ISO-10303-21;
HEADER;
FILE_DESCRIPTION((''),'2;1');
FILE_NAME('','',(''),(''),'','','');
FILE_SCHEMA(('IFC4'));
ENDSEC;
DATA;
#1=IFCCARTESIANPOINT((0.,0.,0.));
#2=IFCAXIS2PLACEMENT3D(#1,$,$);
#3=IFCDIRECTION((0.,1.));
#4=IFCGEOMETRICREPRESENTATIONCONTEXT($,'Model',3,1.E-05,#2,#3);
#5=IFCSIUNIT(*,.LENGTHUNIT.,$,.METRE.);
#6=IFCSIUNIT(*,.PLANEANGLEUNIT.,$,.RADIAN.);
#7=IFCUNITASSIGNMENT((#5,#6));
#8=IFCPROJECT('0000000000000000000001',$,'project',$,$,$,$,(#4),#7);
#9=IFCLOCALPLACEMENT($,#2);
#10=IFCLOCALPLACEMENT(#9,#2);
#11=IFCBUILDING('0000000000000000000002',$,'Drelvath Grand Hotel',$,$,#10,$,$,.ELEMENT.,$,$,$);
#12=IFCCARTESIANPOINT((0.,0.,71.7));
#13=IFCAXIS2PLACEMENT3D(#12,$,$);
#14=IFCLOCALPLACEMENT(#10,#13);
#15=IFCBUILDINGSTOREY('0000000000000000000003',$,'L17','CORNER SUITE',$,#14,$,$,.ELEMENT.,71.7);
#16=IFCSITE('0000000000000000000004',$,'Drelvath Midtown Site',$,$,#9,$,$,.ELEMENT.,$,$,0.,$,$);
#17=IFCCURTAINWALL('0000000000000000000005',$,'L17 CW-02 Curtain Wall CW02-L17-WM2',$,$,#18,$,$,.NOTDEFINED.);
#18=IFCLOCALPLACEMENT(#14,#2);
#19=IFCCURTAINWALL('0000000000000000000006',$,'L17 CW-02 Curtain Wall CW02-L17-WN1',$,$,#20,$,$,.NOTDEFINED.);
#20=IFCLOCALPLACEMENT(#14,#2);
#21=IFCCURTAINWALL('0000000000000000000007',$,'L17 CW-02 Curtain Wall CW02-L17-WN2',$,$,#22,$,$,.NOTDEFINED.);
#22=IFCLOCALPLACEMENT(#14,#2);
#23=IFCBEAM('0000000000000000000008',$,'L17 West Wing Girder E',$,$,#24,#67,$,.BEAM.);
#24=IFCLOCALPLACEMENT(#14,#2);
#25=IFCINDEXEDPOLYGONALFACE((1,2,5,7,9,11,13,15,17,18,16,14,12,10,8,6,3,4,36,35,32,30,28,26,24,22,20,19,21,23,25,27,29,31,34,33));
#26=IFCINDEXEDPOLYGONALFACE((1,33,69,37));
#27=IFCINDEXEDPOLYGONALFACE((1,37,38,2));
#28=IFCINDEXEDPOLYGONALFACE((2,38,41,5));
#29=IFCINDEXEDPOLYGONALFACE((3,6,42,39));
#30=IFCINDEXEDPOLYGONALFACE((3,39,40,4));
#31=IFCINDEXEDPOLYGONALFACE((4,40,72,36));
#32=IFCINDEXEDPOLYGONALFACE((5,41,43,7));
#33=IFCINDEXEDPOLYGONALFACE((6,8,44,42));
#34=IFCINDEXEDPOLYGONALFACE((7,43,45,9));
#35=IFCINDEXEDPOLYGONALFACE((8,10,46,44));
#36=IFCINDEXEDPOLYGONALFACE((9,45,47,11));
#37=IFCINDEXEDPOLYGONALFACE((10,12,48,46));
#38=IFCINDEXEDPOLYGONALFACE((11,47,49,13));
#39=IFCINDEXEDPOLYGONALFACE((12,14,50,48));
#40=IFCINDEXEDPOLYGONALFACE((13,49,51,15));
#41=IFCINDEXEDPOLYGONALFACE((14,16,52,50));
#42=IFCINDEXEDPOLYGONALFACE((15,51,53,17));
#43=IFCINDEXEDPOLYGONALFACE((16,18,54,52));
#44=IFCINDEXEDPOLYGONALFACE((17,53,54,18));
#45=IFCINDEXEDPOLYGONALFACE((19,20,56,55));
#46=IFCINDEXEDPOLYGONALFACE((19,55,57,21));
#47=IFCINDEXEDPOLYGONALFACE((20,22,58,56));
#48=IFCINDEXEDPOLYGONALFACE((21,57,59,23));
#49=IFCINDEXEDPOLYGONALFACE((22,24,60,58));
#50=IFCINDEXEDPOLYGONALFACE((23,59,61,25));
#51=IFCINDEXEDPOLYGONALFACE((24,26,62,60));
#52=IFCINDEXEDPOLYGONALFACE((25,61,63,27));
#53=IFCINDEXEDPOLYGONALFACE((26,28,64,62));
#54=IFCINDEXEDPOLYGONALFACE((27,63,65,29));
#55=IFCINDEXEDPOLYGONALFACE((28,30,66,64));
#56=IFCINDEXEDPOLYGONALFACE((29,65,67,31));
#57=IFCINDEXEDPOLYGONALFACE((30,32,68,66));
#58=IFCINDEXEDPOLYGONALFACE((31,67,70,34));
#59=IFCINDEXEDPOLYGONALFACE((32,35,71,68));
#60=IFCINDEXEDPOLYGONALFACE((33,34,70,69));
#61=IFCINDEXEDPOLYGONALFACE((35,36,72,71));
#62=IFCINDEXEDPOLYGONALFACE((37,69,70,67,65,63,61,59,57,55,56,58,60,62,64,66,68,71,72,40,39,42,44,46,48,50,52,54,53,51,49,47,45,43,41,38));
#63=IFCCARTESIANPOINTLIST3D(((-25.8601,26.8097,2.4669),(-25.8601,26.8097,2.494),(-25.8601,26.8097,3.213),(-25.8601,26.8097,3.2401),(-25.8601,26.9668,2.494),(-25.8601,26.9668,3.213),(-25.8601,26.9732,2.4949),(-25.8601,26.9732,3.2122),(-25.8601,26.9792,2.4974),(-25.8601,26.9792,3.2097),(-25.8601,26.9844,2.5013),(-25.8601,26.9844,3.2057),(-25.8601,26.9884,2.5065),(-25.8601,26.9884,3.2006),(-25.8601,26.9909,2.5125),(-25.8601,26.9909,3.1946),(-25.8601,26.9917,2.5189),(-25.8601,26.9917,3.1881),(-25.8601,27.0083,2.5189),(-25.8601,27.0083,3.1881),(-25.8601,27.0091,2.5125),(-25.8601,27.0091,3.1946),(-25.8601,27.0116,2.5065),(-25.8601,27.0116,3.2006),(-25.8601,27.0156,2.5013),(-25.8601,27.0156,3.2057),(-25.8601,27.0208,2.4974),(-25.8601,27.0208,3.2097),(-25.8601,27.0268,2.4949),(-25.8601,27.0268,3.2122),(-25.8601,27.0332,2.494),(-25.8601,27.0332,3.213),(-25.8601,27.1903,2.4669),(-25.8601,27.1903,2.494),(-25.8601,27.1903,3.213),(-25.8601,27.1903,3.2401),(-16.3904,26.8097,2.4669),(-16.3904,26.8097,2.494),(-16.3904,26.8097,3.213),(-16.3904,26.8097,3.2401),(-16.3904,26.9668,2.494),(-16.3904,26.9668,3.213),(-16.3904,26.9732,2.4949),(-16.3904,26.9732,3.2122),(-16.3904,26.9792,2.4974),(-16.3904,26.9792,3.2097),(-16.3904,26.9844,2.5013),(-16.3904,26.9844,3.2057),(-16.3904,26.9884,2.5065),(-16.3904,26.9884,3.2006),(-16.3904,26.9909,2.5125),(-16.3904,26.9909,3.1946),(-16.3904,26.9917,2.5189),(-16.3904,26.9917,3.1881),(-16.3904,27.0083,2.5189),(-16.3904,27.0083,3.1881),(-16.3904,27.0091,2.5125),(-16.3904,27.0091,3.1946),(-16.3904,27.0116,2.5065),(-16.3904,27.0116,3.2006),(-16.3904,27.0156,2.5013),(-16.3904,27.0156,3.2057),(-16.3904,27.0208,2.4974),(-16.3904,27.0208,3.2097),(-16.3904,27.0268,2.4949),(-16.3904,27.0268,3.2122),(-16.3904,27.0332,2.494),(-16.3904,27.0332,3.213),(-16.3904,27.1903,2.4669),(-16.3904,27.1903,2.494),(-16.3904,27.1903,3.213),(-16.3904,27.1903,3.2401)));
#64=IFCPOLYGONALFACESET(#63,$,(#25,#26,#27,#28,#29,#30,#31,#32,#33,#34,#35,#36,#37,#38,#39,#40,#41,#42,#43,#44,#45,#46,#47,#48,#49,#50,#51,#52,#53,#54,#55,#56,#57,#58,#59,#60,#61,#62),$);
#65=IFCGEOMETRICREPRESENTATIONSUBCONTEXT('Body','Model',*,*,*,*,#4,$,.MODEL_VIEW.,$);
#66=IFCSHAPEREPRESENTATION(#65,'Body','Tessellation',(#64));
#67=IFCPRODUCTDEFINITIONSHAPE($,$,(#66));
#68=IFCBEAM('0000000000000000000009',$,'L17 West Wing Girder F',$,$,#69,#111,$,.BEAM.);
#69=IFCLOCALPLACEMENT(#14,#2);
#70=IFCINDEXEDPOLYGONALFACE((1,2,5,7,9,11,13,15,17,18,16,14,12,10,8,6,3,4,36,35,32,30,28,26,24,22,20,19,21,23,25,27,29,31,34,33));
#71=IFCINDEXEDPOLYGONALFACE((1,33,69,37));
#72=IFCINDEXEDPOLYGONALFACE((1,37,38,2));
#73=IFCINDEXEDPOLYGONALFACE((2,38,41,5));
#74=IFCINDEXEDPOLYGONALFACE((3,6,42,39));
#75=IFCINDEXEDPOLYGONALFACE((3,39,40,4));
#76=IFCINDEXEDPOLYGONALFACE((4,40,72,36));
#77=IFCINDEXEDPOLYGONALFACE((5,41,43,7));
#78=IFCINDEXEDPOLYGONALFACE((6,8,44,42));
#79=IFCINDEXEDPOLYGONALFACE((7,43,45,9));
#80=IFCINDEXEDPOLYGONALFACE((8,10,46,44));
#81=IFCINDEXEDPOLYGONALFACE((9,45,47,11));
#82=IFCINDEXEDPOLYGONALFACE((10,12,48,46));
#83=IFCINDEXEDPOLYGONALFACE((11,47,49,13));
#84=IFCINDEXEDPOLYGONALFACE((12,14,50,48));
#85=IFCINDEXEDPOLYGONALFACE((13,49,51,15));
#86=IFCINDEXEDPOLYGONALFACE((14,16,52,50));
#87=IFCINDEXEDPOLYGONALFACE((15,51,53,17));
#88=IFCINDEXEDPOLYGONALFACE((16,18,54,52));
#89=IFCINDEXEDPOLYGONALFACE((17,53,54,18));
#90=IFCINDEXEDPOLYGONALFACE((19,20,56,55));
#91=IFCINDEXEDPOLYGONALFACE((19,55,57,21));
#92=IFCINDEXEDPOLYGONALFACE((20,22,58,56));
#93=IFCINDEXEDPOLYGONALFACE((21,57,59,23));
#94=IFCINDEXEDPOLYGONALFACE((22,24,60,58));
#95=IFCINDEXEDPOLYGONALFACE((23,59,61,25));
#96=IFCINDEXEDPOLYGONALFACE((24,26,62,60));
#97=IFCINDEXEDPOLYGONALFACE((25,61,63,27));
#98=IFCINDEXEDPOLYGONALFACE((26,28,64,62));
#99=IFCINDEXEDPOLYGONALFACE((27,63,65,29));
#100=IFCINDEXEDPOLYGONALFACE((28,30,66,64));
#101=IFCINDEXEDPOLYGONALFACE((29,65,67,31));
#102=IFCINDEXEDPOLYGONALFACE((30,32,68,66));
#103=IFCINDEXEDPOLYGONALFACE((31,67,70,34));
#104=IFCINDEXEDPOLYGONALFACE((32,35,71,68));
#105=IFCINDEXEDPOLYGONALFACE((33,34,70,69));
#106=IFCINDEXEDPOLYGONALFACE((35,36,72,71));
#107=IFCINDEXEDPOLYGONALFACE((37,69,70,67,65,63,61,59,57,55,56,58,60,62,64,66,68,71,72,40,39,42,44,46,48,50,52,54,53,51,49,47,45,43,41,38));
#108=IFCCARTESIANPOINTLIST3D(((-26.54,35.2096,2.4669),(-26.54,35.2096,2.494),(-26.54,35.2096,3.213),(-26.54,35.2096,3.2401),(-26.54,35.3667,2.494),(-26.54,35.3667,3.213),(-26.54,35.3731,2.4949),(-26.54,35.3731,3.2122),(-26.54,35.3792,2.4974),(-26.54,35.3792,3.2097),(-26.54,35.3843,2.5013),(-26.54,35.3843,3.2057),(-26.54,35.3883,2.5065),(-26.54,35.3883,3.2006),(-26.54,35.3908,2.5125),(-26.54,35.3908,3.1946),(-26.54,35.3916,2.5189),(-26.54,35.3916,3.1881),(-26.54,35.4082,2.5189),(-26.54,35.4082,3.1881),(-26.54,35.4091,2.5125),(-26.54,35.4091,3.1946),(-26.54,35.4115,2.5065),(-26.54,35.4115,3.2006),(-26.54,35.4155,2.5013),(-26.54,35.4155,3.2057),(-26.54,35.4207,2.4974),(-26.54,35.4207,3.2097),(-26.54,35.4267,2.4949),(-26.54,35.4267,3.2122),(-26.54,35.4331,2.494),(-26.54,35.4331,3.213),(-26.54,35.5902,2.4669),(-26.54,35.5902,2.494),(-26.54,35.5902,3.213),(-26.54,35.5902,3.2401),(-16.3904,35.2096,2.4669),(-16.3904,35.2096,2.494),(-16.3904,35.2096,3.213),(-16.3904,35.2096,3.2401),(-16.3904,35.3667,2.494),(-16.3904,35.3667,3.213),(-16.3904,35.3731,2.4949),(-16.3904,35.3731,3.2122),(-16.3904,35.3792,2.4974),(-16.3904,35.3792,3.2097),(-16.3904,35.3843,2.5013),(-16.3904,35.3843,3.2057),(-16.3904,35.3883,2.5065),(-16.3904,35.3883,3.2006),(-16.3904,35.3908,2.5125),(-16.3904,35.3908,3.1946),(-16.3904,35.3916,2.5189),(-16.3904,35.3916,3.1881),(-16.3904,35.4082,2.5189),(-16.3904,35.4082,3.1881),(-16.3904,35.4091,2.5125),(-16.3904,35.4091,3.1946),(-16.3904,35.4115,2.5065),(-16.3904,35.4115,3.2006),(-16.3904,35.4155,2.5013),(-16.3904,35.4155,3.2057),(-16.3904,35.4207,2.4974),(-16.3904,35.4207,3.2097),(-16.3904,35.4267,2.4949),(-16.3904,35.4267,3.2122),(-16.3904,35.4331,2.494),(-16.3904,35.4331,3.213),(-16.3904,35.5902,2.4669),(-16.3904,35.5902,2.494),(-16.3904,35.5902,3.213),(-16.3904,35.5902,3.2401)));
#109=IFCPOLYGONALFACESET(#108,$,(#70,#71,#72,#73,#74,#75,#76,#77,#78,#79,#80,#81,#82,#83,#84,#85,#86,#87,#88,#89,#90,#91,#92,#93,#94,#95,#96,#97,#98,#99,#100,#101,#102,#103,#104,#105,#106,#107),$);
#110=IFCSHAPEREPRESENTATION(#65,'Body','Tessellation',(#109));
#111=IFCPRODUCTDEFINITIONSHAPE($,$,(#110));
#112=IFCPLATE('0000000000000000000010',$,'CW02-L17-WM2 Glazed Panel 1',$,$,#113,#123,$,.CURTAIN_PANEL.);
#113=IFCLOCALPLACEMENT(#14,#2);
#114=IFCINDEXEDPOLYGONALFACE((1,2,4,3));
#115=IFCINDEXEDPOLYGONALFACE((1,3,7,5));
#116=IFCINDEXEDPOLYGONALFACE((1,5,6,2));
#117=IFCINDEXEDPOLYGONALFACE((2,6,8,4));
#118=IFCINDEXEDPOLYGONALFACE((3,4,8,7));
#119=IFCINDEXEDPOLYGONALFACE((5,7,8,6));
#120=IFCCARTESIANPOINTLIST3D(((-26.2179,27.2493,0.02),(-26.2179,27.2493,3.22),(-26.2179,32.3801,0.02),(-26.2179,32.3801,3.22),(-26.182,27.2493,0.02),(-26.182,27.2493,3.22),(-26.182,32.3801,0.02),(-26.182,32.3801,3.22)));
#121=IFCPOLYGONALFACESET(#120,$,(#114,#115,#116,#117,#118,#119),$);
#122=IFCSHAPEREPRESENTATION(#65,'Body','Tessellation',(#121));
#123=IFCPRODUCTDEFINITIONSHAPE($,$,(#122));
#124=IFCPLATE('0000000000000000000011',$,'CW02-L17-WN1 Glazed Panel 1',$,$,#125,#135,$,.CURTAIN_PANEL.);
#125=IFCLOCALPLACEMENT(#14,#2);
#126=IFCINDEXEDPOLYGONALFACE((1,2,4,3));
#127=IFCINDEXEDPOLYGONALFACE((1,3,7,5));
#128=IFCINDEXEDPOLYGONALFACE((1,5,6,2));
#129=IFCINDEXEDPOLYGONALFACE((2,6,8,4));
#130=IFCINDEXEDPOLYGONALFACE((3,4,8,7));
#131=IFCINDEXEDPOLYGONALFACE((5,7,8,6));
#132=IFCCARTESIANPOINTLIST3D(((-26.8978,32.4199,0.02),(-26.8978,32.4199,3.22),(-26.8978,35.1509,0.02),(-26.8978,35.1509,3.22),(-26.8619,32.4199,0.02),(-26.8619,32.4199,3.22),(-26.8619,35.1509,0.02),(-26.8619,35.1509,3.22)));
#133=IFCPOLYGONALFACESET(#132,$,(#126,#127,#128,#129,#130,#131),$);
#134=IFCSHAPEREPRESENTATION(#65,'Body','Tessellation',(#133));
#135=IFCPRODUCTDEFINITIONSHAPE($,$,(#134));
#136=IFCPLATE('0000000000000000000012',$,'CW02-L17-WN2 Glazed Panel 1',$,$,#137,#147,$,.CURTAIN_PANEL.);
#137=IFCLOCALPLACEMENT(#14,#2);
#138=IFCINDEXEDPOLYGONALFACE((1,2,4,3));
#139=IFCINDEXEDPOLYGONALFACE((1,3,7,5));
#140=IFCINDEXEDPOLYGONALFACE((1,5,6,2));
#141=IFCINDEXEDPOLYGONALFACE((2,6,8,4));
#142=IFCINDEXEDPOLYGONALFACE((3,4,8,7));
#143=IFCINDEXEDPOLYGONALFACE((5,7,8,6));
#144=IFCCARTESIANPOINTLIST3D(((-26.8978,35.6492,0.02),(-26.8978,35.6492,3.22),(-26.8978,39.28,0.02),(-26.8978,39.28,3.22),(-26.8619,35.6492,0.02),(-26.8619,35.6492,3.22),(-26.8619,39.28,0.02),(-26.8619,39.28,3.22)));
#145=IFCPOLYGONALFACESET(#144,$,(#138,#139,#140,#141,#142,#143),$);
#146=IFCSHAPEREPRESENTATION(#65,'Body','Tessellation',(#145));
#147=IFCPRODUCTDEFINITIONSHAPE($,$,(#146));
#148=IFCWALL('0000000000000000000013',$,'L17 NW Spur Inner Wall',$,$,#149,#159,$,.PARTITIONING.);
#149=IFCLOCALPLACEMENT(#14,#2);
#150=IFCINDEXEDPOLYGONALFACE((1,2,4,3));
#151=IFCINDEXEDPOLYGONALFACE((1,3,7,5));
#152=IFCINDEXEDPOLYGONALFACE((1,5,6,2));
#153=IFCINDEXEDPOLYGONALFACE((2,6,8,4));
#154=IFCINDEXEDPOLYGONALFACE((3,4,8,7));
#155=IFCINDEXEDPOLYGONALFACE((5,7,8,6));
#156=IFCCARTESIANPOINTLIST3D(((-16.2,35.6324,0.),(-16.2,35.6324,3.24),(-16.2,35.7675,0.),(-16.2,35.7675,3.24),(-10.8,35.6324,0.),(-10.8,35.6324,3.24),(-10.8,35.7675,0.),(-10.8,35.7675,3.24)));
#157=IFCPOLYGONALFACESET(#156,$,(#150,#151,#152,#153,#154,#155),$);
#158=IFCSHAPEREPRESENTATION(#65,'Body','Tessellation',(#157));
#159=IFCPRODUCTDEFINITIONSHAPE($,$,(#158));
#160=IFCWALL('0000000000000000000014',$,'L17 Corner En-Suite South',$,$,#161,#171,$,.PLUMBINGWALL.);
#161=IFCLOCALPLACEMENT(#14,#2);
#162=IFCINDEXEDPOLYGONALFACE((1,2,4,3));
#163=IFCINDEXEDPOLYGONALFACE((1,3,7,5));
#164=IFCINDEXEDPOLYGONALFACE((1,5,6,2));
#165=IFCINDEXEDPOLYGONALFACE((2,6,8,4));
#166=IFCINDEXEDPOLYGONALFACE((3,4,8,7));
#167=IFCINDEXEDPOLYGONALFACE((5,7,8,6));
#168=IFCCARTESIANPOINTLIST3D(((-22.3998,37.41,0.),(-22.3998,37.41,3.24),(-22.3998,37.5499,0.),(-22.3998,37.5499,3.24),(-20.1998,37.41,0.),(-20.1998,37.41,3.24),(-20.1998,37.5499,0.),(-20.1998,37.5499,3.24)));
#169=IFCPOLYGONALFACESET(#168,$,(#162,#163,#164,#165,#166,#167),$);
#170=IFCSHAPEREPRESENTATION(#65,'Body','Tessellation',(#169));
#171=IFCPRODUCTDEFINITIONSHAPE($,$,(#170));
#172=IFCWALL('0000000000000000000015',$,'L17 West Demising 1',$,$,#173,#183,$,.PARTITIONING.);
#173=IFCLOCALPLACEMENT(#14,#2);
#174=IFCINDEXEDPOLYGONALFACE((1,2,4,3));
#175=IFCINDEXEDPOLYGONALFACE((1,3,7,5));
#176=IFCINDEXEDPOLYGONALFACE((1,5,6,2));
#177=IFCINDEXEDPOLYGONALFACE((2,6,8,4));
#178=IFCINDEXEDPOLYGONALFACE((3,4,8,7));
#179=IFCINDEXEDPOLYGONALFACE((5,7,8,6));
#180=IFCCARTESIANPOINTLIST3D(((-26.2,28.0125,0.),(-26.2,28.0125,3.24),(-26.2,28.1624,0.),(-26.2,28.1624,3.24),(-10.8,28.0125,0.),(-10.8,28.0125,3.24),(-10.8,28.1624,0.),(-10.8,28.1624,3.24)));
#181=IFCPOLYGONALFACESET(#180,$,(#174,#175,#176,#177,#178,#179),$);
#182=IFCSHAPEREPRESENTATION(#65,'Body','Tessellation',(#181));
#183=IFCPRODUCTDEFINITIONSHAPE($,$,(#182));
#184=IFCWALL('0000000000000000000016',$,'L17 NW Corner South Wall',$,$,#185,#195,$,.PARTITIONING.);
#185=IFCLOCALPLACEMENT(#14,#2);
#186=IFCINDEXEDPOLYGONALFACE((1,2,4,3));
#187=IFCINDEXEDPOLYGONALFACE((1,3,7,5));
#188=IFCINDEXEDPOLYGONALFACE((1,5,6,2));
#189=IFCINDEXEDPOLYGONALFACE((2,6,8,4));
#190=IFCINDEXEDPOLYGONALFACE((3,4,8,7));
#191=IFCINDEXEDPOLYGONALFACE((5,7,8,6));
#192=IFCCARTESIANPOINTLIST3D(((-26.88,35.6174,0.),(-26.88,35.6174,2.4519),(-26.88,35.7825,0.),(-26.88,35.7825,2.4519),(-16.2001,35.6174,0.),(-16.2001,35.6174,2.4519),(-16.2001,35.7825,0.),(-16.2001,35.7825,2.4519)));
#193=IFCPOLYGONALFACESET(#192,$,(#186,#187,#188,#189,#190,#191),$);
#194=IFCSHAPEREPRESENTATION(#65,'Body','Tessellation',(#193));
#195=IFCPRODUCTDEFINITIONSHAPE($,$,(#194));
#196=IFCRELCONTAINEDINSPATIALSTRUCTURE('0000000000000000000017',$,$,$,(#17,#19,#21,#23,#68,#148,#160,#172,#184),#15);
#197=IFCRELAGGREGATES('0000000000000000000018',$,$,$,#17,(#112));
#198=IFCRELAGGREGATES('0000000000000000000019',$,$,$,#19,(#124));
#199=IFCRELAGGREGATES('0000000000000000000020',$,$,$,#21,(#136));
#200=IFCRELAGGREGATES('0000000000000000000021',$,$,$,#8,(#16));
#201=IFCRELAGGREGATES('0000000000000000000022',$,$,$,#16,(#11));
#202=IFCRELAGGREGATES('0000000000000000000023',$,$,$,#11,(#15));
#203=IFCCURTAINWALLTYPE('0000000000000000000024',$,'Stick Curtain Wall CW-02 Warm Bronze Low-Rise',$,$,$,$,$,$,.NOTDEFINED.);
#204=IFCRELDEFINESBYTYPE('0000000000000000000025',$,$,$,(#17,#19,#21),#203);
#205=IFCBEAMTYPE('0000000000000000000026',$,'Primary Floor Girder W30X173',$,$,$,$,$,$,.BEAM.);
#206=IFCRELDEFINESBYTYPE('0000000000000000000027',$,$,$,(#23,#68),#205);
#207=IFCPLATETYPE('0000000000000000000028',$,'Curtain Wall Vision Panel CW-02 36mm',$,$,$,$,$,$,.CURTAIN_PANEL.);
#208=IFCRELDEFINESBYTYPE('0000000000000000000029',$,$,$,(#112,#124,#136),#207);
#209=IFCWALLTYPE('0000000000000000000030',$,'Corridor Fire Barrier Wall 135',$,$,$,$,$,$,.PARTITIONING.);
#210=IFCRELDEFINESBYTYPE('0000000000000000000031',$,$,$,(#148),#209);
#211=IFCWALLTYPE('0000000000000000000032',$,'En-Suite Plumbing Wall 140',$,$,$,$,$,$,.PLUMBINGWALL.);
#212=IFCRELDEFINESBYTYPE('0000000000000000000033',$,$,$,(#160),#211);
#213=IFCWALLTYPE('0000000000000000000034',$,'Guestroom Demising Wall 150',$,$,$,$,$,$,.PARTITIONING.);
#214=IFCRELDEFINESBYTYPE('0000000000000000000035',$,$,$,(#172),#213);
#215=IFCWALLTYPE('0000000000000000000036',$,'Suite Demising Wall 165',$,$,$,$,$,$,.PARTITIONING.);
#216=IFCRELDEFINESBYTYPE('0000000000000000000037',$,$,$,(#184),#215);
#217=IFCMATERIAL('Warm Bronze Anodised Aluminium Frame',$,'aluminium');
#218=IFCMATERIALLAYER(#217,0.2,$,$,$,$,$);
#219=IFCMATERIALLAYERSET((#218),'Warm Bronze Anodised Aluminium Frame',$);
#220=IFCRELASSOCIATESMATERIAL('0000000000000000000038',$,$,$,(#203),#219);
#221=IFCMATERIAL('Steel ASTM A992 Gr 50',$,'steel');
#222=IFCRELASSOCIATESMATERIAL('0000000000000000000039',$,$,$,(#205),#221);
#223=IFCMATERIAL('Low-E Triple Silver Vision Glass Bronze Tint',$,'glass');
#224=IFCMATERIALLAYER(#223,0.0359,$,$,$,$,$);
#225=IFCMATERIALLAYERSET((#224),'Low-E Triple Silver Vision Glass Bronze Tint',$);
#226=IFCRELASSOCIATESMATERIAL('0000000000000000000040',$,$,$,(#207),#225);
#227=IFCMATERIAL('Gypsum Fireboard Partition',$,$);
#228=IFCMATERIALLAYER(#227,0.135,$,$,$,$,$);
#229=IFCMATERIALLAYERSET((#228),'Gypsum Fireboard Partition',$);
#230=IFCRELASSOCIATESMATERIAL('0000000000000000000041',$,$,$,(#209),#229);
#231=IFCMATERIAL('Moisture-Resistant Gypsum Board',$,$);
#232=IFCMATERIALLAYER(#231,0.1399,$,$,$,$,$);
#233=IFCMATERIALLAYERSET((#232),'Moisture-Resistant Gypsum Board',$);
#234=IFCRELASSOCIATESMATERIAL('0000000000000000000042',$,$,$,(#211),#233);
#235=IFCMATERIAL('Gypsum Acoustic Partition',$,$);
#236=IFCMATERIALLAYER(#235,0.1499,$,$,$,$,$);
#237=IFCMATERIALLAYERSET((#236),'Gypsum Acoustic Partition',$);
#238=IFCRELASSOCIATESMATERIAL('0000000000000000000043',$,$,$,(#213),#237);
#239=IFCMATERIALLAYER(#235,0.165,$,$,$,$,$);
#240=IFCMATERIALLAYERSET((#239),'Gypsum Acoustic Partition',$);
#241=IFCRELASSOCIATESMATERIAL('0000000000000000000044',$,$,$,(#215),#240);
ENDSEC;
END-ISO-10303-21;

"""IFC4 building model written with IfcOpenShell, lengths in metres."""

from ifc_helpers import new_model, si_unit, direction, frame, frame_2d, origin, origin_2d, place, context, subcontext, project, spatial, rectangle, i_section, extrude, material, layer, layer_set, material_profile, profile_set, type_object, element, aggregate, save


model = new_model("IFC4")

# Units and contexts
model_context = context("Model", 3, precision=1e-05, world=origin(), true_north=direction((0.0, 1.0)))
body_context = subcontext(model_context, "Body", "Model", "MODEL_VIEW")
ifc_project = project(units=[si_unit("LENGTHUNIT", "METRE"), si_unit("PLANEANGLEUNIT", "RADIAN")], contexts=[model_context])

# Site, building, storey
site_placement = place(None, origin())
site = spatial("IfcSite", under=ifc_project, at=site_placement, Name="Drelvath Midtown Site", CompositionType="ELEMENT", RefElevation=0.0)
building_placement = place(site_placement, origin())
building = spatial("IfcBuilding", under=site, at=building_placement, Name="Drelvath Grand Hotel", CompositionType="ELEMENT")
storey_placement = place(building_placement, frame((0.0, 0.0, 71.7)))
storey = spatial("IfcBuildingStorey", under=building, at=storey_placement, Name="L17", Description="CORNER SUITE", CompositionType="ELEMENT", Elevation=71.7)

# Curtain walls
ifc_material_1 = material(Name="Warm Bronze Anodised Aluminium Frame", Category="aluminium")
ifc_layer_1 = layer(ifc_material_1, 0.2)
ifc_layer_set_1 = layer_set([ifc_layer_1], Name="Warm Bronze Anodised Aluminium Frame")
curtain_wall_type = type_object("IfcCurtainWallType", Name="Stick Curtain Wall CW-02 Warm Bronze Low-Rise", PredefinedType="NOTDEFINED", material=ifc_layer_set_1)
curtain_wall_1_placement = place(storey_placement, origin())
curtain_wall_1 = element("IfcCurtainWall", 1, at=curtain_wall_1_placement, inside=storey, type_object=curtain_wall_type, Name="L17 CW-02 Curtain Wall CW02-L17-WM2", PredefinedType="NOTDEFINED")
curtain_wall_2_placement = place(storey_placement, origin())
curtain_wall_2 = element("IfcCurtainWall", 2, at=curtain_wall_2_placement, inside=storey, type_object=curtain_wall_type, Name="L17 CW-02 Curtain Wall CW02-L17-WN1", PredefinedType="NOTDEFINED")
curtain_wall_3_placement = place(storey_placement, origin())
curtain_wall_3 = element("IfcCurtainWall", 3, at=curtain_wall_3_placement, inside=storey, type_object=curtain_wall_type, Name="L17 CW-02 Curtain Wall CW02-L17-WN2", PredefinedType="NOTDEFINED")

# Beams
ifc_material_2 = material(Name="Steel ASTM A992 Gr 50", Category="steel")
ifc_material_profile_1 = material_profile(ifc_material_2, i_section(OverallWidth=0.3806, OverallDepth=0.7732, WebThickness=0.0166, FlangeThickness=0.0271, FilletRadius=0.0249, at=origin_2d()), Name="W30X173")
ifc_profile_set_1 = profile_set([ifc_material_profile_1], Name="Steel ASTM A992 Gr 50")
beam_type_1 = type_object("IfcBeamType", Name="Primary Floor Girder W30X173", PredefinedType="BEAM", material=ifc_profile_set_1)
beam_1_placement = place(storey_placement, frame((-25.8601, 27.0, 2.8535), z_axis=(1.0, 0.0, 0.0), x_axis=(0.0, 1.0, 0.0)))
element("IfcBeam", 4, at=beam_1_placement, inside=storey, type_object=beam_type_1, Name="L17 West Wing Girder E", PredefinedType="BEAM", context=body_context, shape_type="SweptSolid", body=[
    extrude(i_section(OverallWidth=0.3806, OverallDepth=0.7732, WebThickness=0.0166, FlangeThickness=0.0271, FilletRadius=0.0249, at=origin_2d()), origin(), (0.0, 0.0, 1.0), 9.4697),
])
beam_2_placement = place(storey_placement, frame((-26.54, 35.3999, 2.8535), z_axis=(1.0, 0.0, 0.0), x_axis=(0.0, 1.0, 0.0)))
element("IfcBeam", 5, at=beam_2_placement, inside=storey, type_object=beam_type_1, Name="L17 West Wing Girder F", PredefinedType="BEAM", context=body_context, shape_type="SweptSolid", body=[
    extrude(i_section(OverallWidth=0.3806, OverallDepth=0.7732, WebThickness=0.0166, FlangeThickness=0.0271, FilletRadius=0.0249, at=origin_2d()), origin(), (0.0, 0.0, 1.0), 10.1497),
])

# Plates
ifc_material_3 = material(Name="Low-E Triple Silver Vision Glass Bronze Tint", Category="glass")
ifc_layer_2 = layer(ifc_material_3, 0.0359)
ifc_layer_set_2 = layer_set([ifc_layer_2], Name="Low-E Triple Silver Vision Glass Bronze Tint")
plate_type = type_object("IfcPlateType", Name="Curtain Wall Vision Panel CW-02 36mm", PredefinedType="CURTAIN_PANEL", material=ifc_layer_set_2)
plate_1_placement = place(storey_placement, frame((-26.2, 29.8147, 0.02), z_axis=(0.0, 0.0, 1.0), x_axis=(0.0, 1.0, 0.0)))
plate_1 = element("IfcPlate", 6, at=plate_1_placement, type_object=plate_type, Name="CW02-L17-WM2 Glazed Panel 1", PredefinedType="CURTAIN_PANEL", context=body_context, shape_type="SweptSolid", body=[
    extrude(rectangle(XDim=5.1309, YDim=0.0359, at=origin_2d()), origin(), (0.0, 0.0, 1.0), 3.2),
])
aggregate(curtain_wall_1, [plate_1])
plate_2_placement = place(storey_placement, frame((-26.8799, 33.7854, 0.02), z_axis=(0.0, 0.0, 1.0), x_axis=(0.0, 1.0, 0.0)))
plate_2 = element("IfcPlate", 7, at=plate_2_placement, type_object=plate_type, Name="CW02-L17-WN1 Glazed Panel 1", PredefinedType="CURTAIN_PANEL", context=body_context, shape_type="SweptSolid", body=[
    extrude(rectangle(XDim=2.731, YDim=0.0359, at=origin_2d()), origin(), (0.0, 0.0, 1.0), 3.2),
])
aggregate(curtain_wall_2, [plate_2])
plate_3_placement = place(storey_placement, frame((-26.8799, 37.4646, 0.02), z_axis=(0.0, 0.0, 1.0), x_axis=(0.0, 1.0, 0.0)))
plate_3 = element("IfcPlate", 8, at=plate_3_placement, type_object=plate_type, Name="CW02-L17-WN2 Glazed Panel 1", PredefinedType="CURTAIN_PANEL", context=body_context, shape_type="SweptSolid", body=[
    extrude(rectangle(XDim=3.6309, YDim=0.0359, at=origin_2d()), origin(), (0.0, 0.0, 1.0), 3.2),
])
aggregate(curtain_wall_3, [plate_3])

# Wall
ifc_material_4 = material(Name="Gypsum Fireboard Partition")
ifc_layer_3 = layer(ifc_material_4, 0.135)
ifc_layer_set_3 = layer_set([ifc_layer_3], Name="Gypsum Fireboard Partition")
wall_type_1 = type_object("IfcWallType", Name="Corridor Fire Barrier Wall 135", PredefinedType="PARTITIONING", material=ifc_layer_set_3)
wall_1_placement = place(storey_placement, frame((-16.2, 35.7, 0.0), z_axis=(0.0, 0.0, 1.0), x_axis=(1.0, 0.0, 0.0)))
element("IfcWall", 9, at=wall_1_placement, inside=storey, type_object=wall_type_1, Name="L17 NW Spur Inner Wall", PredefinedType="PARTITIONING", context=body_context, shape_type="SweptSolid", body=[
    extrude(rectangle(XDim=5.3999, YDim=0.135, at=frame_2d((2.7, 0.0))), origin(), (0.0, 0.0, 1.0), 3.24),
])

# Walls
ifc_material_5 = material(Name="Moisture-Resistant Gypsum Board")
ifc_layer_4 = layer(ifc_material_5, 0.1399)
ifc_layer_set_4 = layer_set([ifc_layer_4], Name="Moisture-Resistant Gypsum Board")
wall_type_2 = type_object("IfcWallType", Name="En-Suite Plumbing Wall 140", PredefinedType="PLUMBINGWALL", material=ifc_layer_set_4)
wall_2_placement = place(storey_placement, frame((-22.3999, 37.48, 0.0), z_axis=(0.0, 0.0, 1.0), x_axis=(1.0, 0.0, 0.0)))
element("IfcWall", 10, at=wall_2_placement, inside=storey, type_object=wall_type_2, Name="L17 Corner En-Suite South", PredefinedType="PLUMBINGWALL", context=body_context, shape_type="SweptSolid", body=[
    extrude(rectangle(XDim=2.2, YDim=0.1399, at=frame_2d((1.1001, 0.0))), origin(), (0.0, 0.0, 1.0), 3.24),
])
ifc_material_6 = material(Name="Gypsum Acoustic Partition")
ifc_layer_5 = layer(ifc_material_6, 0.1499)
ifc_layer_set_5 = layer_set([ifc_layer_5], Name="Gypsum Acoustic Partition")
wall_type_3 = type_object("IfcWallType", Name="Guestroom Demising Wall 150", PredefinedType="PARTITIONING", material=ifc_layer_set_5)
wall_3_placement = place(storey_placement, frame((-26.2, 28.0874, 0.0), z_axis=(0.0, 0.0, 1.0), x_axis=(1.0, 0.0, 0.0)))
element("IfcWall", 11, at=wall_3_placement, inside=storey, type_object=wall_type_3, Name="L17 West Demising 1", PredefinedType="PARTITIONING", context=body_context, shape_type="SweptSolid", body=[
    extrude(rectangle(XDim=15.3999, YDim=0.1499, at=frame_2d((7.7, 0.0))), origin(), (0.0, 0.0, 1.0), 3.24),
])
ifc_layer_6 = layer(ifc_material_6, 0.165)
ifc_layer_set_6 = layer_set([ifc_layer_6], Name="Gypsum Acoustic Partition")
wall_type_4 = type_object("IfcWallType", Name="Suite Demising Wall 165", PredefinedType="PARTITIONING", material=ifc_layer_set_6)
wall_4_placement = place(storey_placement, frame((-26.8799, 35.7, 0.0), z_axis=(0.0, 0.0, 1.0), x_axis=(1.0, 0.0, 0.0)))
element("IfcWall", 12, at=wall_4_placement, inside=storey, type_object=wall_type_4, Name="L17 NW Corner South Wall", PredefinedType="PARTITIONING", context=body_context, shape_type="SweptSolid", body=[
    extrude(rectangle(XDim=10.6799, YDim=0.165, at=frame_2d((5.3398, 0.0))), origin(), (0.0, 0.0, 1.0), 2.4519),
])

save(model, "model.ifc")
